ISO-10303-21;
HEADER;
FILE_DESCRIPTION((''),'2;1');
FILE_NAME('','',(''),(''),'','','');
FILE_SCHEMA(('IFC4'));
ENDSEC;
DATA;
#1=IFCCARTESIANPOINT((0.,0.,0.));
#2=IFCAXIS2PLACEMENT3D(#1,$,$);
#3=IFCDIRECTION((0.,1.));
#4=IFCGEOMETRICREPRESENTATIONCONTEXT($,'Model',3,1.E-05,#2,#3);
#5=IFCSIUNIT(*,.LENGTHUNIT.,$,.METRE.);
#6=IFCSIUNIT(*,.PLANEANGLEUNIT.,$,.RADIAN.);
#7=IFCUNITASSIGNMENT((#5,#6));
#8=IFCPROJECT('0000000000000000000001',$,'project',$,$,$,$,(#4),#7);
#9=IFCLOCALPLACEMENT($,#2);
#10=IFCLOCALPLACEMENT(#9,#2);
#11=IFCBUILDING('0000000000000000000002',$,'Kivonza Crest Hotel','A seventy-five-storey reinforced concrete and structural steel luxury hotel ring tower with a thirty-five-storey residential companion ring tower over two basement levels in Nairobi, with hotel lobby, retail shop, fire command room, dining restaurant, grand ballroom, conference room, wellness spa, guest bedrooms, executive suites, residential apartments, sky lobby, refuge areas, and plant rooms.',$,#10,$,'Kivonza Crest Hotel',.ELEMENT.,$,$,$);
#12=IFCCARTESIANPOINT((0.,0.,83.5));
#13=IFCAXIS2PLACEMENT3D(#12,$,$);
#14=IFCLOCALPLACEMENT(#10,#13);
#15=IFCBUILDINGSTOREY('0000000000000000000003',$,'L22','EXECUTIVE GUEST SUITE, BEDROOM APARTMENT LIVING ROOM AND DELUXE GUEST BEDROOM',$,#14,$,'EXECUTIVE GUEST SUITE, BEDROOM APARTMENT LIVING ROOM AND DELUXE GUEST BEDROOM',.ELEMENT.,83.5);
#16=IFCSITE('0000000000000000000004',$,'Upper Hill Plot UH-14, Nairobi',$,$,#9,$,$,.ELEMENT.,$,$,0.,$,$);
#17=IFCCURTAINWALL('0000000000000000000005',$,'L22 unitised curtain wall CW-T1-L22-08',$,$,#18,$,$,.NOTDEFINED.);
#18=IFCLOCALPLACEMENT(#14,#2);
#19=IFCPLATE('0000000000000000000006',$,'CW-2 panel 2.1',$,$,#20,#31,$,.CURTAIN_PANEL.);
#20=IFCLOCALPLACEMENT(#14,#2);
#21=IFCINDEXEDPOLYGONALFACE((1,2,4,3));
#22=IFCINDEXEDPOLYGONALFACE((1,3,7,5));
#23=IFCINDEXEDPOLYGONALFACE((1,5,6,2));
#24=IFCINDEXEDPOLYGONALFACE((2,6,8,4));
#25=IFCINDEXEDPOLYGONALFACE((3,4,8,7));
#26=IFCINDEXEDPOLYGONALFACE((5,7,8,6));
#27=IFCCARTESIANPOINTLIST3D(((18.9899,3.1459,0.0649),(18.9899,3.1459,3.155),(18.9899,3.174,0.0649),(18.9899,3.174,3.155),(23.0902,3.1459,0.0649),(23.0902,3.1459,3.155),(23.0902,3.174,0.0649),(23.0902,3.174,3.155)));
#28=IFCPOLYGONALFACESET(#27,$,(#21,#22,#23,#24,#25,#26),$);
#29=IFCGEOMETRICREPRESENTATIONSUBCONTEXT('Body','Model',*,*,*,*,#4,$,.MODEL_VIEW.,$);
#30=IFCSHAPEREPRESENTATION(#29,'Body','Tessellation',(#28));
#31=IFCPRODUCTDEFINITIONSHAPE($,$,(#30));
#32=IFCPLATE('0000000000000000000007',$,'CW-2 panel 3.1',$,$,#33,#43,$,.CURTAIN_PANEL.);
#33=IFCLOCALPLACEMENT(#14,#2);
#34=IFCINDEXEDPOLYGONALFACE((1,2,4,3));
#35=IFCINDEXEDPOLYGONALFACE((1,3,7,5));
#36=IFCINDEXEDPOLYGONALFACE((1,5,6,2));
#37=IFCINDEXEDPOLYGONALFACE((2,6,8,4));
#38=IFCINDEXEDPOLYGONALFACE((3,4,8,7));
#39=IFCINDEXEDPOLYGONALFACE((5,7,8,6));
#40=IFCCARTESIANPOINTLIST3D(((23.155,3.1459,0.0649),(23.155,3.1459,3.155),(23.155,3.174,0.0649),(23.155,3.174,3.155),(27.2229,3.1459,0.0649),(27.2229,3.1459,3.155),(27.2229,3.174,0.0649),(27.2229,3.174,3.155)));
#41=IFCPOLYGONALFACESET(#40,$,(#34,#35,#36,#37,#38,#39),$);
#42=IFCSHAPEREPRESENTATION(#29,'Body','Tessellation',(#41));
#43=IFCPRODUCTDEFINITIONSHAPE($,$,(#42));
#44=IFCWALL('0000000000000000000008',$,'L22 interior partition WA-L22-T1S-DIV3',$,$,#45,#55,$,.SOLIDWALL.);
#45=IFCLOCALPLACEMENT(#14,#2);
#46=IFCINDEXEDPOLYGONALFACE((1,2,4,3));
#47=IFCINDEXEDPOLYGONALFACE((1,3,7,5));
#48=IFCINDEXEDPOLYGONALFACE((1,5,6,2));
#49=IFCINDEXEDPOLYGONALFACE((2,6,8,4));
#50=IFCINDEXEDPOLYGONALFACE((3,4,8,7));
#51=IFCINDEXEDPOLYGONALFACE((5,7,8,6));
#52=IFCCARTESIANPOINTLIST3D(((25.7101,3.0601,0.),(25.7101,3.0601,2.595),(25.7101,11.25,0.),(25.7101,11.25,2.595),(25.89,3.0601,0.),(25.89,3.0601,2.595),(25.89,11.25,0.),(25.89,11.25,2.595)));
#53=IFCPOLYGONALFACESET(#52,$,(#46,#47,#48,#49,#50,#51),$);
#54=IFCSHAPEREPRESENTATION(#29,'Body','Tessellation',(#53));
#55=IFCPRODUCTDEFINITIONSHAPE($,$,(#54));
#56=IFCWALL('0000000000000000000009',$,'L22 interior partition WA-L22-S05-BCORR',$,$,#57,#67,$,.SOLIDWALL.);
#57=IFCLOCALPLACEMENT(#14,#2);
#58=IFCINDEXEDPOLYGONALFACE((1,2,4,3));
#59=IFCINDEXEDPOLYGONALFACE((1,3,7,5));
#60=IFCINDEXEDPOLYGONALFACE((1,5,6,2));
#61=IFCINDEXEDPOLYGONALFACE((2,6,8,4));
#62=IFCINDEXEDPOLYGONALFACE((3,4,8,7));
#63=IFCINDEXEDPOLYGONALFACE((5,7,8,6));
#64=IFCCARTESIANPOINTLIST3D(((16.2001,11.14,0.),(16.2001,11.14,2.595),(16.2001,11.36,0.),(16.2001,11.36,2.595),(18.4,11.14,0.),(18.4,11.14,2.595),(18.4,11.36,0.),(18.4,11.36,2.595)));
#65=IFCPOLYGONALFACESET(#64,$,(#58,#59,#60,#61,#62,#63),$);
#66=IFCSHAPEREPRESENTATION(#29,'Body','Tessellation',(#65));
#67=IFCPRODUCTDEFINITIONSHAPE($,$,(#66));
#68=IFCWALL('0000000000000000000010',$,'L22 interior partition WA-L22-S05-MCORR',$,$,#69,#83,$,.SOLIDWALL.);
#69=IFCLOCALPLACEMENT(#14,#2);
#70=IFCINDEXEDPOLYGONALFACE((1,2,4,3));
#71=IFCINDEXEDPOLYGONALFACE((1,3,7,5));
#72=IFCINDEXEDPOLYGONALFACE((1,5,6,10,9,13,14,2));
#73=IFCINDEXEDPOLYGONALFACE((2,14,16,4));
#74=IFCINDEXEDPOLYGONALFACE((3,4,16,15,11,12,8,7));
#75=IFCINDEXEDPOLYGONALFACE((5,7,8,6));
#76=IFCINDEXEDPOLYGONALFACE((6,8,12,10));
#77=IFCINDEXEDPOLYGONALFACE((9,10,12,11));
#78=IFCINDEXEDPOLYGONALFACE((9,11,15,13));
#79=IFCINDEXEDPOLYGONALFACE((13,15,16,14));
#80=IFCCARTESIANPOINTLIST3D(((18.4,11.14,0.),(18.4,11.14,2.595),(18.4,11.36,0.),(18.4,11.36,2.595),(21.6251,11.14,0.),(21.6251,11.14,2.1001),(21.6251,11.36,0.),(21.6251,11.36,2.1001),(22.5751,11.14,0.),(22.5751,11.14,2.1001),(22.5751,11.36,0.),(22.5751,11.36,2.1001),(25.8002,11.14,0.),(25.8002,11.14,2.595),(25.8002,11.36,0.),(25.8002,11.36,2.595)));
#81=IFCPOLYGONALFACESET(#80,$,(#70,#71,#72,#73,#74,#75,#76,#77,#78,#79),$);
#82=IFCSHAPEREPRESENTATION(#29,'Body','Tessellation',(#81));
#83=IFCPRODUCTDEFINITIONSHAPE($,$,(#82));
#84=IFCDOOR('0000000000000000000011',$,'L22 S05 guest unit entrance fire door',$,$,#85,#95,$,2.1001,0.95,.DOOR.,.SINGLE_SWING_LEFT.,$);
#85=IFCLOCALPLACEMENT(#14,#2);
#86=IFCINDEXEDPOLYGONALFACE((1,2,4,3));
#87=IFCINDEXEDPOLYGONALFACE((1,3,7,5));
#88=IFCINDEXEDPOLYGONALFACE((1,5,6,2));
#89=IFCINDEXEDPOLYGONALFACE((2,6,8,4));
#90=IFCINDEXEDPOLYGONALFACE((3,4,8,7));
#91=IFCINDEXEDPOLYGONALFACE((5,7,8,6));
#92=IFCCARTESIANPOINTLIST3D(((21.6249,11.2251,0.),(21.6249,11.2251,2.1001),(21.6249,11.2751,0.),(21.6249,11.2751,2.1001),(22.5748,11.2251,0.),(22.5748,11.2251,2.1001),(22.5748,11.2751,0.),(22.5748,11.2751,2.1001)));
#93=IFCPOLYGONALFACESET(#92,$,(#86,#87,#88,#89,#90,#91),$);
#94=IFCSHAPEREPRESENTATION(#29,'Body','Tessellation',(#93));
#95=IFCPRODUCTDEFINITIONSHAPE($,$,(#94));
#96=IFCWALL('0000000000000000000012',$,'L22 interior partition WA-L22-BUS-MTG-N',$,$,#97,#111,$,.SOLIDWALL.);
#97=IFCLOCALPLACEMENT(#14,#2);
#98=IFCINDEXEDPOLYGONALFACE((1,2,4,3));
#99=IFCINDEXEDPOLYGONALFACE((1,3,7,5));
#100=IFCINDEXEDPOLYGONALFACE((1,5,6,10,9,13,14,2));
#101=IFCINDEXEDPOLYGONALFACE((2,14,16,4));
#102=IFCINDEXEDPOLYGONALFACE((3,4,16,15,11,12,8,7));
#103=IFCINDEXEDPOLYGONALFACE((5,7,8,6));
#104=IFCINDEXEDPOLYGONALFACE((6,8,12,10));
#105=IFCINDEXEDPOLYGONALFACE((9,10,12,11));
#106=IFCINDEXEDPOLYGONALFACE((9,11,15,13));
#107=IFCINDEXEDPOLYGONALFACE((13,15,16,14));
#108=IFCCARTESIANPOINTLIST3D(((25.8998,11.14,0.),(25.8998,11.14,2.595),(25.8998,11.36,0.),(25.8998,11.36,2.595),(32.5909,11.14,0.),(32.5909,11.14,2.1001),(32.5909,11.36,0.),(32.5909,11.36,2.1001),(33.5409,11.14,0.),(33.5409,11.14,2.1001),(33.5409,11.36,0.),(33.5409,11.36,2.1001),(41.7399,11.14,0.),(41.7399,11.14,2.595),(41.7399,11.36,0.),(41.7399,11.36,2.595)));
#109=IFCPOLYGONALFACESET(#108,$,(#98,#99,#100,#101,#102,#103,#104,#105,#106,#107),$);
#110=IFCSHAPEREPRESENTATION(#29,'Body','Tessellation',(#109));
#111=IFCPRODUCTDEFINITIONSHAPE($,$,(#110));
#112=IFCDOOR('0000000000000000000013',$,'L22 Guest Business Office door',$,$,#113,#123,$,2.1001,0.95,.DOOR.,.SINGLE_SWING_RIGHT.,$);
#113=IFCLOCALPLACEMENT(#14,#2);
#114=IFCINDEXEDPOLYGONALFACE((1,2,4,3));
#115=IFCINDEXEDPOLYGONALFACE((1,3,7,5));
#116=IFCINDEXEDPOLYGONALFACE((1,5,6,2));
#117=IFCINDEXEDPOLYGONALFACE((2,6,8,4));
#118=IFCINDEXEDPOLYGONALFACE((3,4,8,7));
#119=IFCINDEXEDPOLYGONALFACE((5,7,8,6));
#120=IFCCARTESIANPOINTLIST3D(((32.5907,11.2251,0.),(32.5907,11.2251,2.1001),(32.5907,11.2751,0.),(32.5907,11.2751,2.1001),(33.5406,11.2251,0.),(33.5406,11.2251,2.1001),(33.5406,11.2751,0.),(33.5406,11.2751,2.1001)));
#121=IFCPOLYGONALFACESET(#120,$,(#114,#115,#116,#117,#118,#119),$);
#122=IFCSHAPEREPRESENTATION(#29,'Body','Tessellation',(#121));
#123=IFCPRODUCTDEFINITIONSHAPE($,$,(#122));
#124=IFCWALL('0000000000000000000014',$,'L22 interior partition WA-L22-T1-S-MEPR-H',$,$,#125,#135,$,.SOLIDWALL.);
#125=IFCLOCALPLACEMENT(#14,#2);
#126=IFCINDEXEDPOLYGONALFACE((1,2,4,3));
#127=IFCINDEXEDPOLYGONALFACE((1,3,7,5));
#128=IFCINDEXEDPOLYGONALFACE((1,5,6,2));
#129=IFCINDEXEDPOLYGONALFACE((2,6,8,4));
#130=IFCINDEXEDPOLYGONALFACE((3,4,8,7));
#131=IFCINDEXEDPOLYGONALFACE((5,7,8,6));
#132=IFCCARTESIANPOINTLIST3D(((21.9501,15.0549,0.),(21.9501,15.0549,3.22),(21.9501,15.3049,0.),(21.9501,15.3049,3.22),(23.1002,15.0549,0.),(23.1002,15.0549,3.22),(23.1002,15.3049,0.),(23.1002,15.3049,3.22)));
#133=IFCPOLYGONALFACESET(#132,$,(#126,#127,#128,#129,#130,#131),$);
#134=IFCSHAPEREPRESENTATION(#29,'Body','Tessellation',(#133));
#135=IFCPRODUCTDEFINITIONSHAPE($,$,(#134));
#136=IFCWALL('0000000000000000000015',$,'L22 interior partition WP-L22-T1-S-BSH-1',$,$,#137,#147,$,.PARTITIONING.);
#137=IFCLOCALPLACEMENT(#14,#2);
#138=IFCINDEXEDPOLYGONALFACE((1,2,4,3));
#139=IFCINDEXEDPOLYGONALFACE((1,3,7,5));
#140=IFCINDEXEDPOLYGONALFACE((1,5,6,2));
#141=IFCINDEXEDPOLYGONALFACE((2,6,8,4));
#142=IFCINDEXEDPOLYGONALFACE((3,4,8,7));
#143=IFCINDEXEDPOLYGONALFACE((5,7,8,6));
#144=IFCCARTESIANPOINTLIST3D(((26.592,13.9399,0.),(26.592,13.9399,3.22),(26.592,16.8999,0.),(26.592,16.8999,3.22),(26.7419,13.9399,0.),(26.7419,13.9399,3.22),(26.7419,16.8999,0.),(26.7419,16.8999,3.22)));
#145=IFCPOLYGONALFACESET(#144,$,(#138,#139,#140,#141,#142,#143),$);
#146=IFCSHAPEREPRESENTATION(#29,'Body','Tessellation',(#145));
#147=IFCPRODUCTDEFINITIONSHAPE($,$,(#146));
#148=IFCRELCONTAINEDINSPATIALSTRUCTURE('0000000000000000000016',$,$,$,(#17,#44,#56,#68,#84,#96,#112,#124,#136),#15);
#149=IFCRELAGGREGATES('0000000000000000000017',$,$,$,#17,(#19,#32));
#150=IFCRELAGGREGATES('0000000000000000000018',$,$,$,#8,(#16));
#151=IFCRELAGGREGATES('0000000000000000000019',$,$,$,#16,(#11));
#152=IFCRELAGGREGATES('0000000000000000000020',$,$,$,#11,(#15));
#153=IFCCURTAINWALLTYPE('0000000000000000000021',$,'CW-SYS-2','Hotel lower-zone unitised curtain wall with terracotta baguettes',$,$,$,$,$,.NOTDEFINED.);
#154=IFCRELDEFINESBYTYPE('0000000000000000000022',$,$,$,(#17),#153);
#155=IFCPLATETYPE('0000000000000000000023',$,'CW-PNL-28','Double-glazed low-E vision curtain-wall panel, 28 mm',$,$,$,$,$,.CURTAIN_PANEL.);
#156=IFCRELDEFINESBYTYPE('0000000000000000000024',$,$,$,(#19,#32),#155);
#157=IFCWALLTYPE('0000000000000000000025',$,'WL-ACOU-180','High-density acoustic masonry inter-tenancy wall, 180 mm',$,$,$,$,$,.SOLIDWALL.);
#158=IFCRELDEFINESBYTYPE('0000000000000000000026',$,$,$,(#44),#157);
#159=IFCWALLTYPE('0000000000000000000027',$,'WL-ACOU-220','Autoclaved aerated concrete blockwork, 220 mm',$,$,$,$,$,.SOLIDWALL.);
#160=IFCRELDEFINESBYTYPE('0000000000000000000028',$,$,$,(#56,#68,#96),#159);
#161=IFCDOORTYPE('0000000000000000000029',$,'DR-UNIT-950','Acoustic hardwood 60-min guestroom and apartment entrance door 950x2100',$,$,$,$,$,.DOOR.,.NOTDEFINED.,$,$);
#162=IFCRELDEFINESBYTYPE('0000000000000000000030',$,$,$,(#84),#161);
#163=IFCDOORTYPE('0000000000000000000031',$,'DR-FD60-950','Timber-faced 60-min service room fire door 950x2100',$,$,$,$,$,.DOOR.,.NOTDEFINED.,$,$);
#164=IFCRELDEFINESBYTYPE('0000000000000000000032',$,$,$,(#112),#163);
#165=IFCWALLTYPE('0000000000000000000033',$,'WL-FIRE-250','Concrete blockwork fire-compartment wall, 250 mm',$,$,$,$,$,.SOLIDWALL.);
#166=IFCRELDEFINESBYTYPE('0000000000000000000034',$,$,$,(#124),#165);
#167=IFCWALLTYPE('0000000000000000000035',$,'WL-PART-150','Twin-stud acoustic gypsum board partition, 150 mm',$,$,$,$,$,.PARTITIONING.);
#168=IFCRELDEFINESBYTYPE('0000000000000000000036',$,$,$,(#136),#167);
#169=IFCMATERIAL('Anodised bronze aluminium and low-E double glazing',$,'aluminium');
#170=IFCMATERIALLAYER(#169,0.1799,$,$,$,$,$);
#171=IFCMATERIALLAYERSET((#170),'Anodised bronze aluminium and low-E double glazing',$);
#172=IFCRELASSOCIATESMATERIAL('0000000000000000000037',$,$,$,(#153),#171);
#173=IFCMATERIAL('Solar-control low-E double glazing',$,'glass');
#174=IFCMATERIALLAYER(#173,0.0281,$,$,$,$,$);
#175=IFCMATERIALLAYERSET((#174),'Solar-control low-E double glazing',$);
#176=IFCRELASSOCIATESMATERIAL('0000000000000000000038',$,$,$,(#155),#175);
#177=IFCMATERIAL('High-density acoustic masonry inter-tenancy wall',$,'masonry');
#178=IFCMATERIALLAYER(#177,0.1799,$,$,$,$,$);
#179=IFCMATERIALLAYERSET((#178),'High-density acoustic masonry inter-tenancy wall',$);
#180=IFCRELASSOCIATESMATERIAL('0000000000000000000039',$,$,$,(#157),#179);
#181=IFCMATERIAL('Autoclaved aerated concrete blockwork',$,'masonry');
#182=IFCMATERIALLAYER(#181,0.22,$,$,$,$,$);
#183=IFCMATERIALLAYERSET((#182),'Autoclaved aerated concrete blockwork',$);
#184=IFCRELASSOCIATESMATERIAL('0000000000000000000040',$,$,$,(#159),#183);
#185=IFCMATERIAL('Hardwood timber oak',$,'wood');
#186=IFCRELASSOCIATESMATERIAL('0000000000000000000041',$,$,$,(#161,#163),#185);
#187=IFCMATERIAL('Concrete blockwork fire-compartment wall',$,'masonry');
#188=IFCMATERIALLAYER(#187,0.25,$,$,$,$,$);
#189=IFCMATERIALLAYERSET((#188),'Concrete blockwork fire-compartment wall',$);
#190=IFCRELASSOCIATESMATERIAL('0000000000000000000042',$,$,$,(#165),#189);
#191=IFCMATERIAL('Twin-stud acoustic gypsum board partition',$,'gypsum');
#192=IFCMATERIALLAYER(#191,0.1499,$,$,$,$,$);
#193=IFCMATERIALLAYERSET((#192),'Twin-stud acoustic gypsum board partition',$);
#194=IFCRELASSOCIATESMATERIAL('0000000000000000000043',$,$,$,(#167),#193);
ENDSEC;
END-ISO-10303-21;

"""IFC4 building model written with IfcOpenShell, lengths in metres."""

from ifc_helpers import new_model, si_unit, direction, frame, frame_2d, origin, origin_2d, place, context, subcontext, project, spatial, rectangle, extrude, material, layer, layer_set, type_object, element, fill, aggregate, save


model = new_model("IFC4")

# Units and contexts
model_context = context("Model", 3, precision=1e-05, world=origin(), true_north=direction((0.0, 1.0)))
body_context = subcontext(model_context, "Body", "Model", "MODEL_VIEW")
ifc_project = project(units=[si_unit("LENGTHUNIT", "METRE"), si_unit("PLANEANGLEUNIT", "RADIAN")], contexts=[model_context])

# Site, building, storey
site_placement = place(None, origin())
site = spatial("IfcSite", under=ifc_project, at=site_placement, Name="Upper Hill Plot UH-14, Nairobi", CompositionType="ELEMENT", RefElevation=0.0)
building_placement = place(site_placement, origin())
building = spatial("IfcBuilding", under=site, at=building_placement, Name="Kivonza Crest Hotel", Description="A seventy-five-storey reinforced concrete and structural steel luxury hotel ring tower with a thirty-five-storey residential companion ring tower over two basement levels in Nairobi, with hotel lobby, retail shop, fire command room, dining restaurant, grand ballroom, conference room, wellness spa, guest bedrooms, executive suites, residential apartments, sky lobby, refuge areas, and plant rooms.", LongName="Kivonza Crest Hotel", CompositionType="ELEMENT")
storey_placement = place(building_placement, frame((0.0, 0.0, 83.5)))
storey = spatial("IfcBuildingStorey", under=building, at=storey_placement, Name="L22", Description="EXECUTIVE GUEST SUITE, BEDROOM APARTMENT LIVING ROOM AND DELUXE GUEST BEDROOM", LongName="EXECUTIVE GUEST SUITE, BEDROOM APARTMENT LIVING ROOM AND DELUXE GUEST BEDROOM", CompositionType="ELEMENT", Elevation=83.5)

# Curtain wall, plates
ifc_material_1 = material(Name="Anodised bronze aluminium and low-E double glazing", Category="aluminium")
ifc_layer_1 = layer(ifc_material_1, 0.1799)
ifc_layer_set_1 = layer_set([ifc_layer_1], Name="Anodised bronze aluminium and low-E double glazing")
curtain_wall_type = type_object("IfcCurtainWallType", Name="CW-SYS-2", Description="Hotel lower-zone unitised curtain wall with terracotta baguettes", PredefinedType="NOTDEFINED", material=ifc_layer_set_1)
curtain_wall_placement = place(storey_placement, origin())
curtain_wall = element("IfcCurtainWall", 1, at=curtain_wall_placement, inside=storey, type_object=curtain_wall_type, Name="L22 unitised curtain wall CW-T1-L22-08", PredefinedType="NOTDEFINED")
ifc_material_2 = material(Name="Solar-control low-E double glazing", Category="glass")
ifc_layer_2 = layer(ifc_material_2, 0.0281)
ifc_layer_set_2 = layer_set([ifc_layer_2], Name="Solar-control low-E double glazing")
plate_type = type_object("IfcPlateType", Name="CW-PNL-28", Description="Double-glazed low-E vision curtain-wall panel, 28 mm", PredefinedType="CURTAIN_PANEL", material=ifc_layer_set_2)
plate_1_placement = place(storey_placement, frame((21.04, 3.1599, 0.0649), z_axis=(0.0, 0.0, 1.0), x_axis=(1.0, 0.0, 0.0)))
plate_1 = element("IfcPlate", 2, at=plate_1_placement, type_object=plate_type, Name="CW-2 panel 2.1", PredefinedType="CURTAIN_PANEL", context=body_context, shape_type="SweptSolid", body=[
    extrude(rectangle(XDim=4.1003, YDim=0.0281, at=origin_2d()), origin(), (0.0, 0.0, 1.0), 3.0901),
])
plate_2_placement = place(storey_placement, frame((25.189, 3.1599, 0.0649), z_axis=(0.0, 0.0, 1.0), x_axis=(1.0, 0.0, 0.0)))
plate_2 = element("IfcPlate", 3, at=plate_2_placement, type_object=plate_type, Name="CW-2 panel 3.1", PredefinedType="CURTAIN_PANEL", context=body_context, shape_type="SweptSolid", body=[
    extrude(rectangle(XDim=4.0679, YDim=0.0281, at=origin_2d()), origin(), (0.0, 0.0, 1.0), 3.0901),
])
aggregate(curtain_wall, [plate_1, plate_2])

# Walls
ifc_material_3 = material(Name="High-density acoustic masonry inter-tenancy wall", Category="masonry")
ifc_layer_3 = layer(ifc_material_3, 0.1799)
ifc_layer_set_3 = layer_set([ifc_layer_3], Name="High-density acoustic masonry inter-tenancy wall")
wall_type_1 = type_object("IfcWallType", Name="WL-ACOU-180", Description="High-density acoustic masonry inter-tenancy wall, 180 mm", PredefinedType="SOLIDWALL", material=ifc_layer_set_3)
wall_1_placement = place(storey_placement, frame((25.8, 3.0601, 0.0), z_axis=(0.0, 0.0, 1.0), x_axis=(0.0, 1.0, 0.0)))
element("IfcWall", 4, at=wall_1_placement, inside=storey, type_object=wall_type_1, Name="L22 interior partition WA-L22-T1S-DIV3", PredefinedType="SOLIDWALL", context=body_context, shape_type="SweptSolid", body=[
    extrude(rectangle(XDim=8.1899, YDim=0.1799, at=frame_2d((4.095, 0.0))), origin(), (0.0, 0.0, 1.0), 2.595),
])
ifc_material_4 = material(Name="Autoclaved aerated concrete blockwork", Category="masonry")
ifc_layer_4 = layer(ifc_material_4, 0.22)
ifc_layer_set_4 = layer_set([ifc_layer_4], Name="Autoclaved aerated concrete blockwork")
wall_type_2 = type_object("IfcWallType", Name="WL-ACOU-220", Description="Autoclaved aerated concrete blockwork, 220 mm", PredefinedType="SOLIDWALL", material=ifc_layer_set_4)
wall_2_placement = place(storey_placement, frame((16.2, 11.25, 0.0), z_axis=(0.0, 0.0, 1.0), x_axis=(1.0, 0.0, 0.0)))
element("IfcWall", 5, at=wall_2_placement, inside=storey, type_object=wall_type_2, Name="L22 interior partition WA-L22-S05-BCORR", PredefinedType="SOLIDWALL", context=body_context, shape_type="SweptSolid", body=[
    extrude(rectangle(XDim=2.2, YDim=0.22, at=frame_2d((1.1001, 0.0))), origin(), (0.0, 0.0, 1.0), 2.595),
])

# Walls, openings, doors
wall_3_placement = place(storey_placement, frame((18.3999, 11.25, 0.0), z_axis=(0.0, 0.0, 1.0), x_axis=(1.0, 0.0, 0.0)))
wall_3 = element("IfcWall", 6, at=wall_3_placement, inside=storey, type_object=wall_type_2, Name="L22 interior partition WA-L22-S05-MCORR", PredefinedType="SOLIDWALL", context=body_context, shape_type="SweptSolid", body=[
    extrude(rectangle(XDim=7.4001, YDim=0.22, at=frame_2d((3.7002, 0.0))), origin(), (0.0, 0.0, 1.0), 2.595),
])
opening_1_placement = place(wall_3_placement, frame((3.2251, 0.0, 0.0)))
opening_1 = element("IfcOpeningElement", 7, at=opening_1_placement, cuts=wall_3, PredefinedType="OPENING", context=body_context, shape_type="SweptSolid", body=[
    extrude(rectangle(XDim=0.95, YDim=2.1001, at=frame_2d((0.4751, 1.05))), frame((0.0, 0.1201, 0.0), z_axis=(0.0, -1.0, 0.0), x_axis=(1.0, 0.0, 0.0)), (0.0, 0.0, 1.0), 0.24),
])
ifc_material_5 = material(Name="Hardwood timber oak", Category="wood")
door_type_1 = type_object("IfcDoorType", Name="DR-UNIT-950", Description="Acoustic hardwood 60-min guestroom and apartment entrance door 950x2100", OperationType="NOTDEFINED", PredefinedType="DOOR", material=ifc_material_5)
door_1_placement = place(opening_1_placement, frame((0.95, 0.0, 0.0), z_axis=(0.0, 0.0, 1.0), x_axis=(-1.0, 0.0, 0.0)))
door_1 = element("IfcDoor", 8, at=door_1_placement, inside=storey, type_object=door_type_1, Name="L22 S05 guest unit entrance fire door", OperationType="SINGLE_SWING_LEFT", OverallHeight=2.1001, OverallWidth=0.95, PredefinedType="DOOR", context=body_context, shape_type="SweptSolid", body=[
    extrude(rectangle(XDim=0.95, YDim=2.1001, at=frame_2d((0.4751, 1.05))), frame((0.0, 0.0249, 0.0), z_axis=(0.0, -1.0, 0.0), x_axis=(1.0, 0.0, 0.0)), (0.0, 0.0, 1.0), 0.05),
])
fill(opening_1, door_1)
wall_4_placement = place(storey_placement, frame((25.8999, 11.25, 0.0), z_axis=(0.0, 0.0, 1.0), x_axis=(1.0, 0.0, 0.0)))
wall_4 = element("IfcWall", 9, at=wall_4_placement, inside=storey, type_object=wall_type_2, Name="L22 interior partition WA-L22-BUS-MTG-N", PredefinedType="SOLIDWALL", context=body_context, shape_type="SweptSolid", body=[
    extrude(rectangle(XDim=15.8401, YDim=0.22, at=frame_2d((7.9199, 0.0))), origin(), (0.0, 0.0, 1.0), 2.595),
])
opening_2_placement = place(wall_4_placement, frame((6.6909, 0.0, 0.0)))
opening_2 = element("IfcOpeningElement", 10, at=opening_2_placement, cuts=wall_4, PredefinedType="OPENING", context=body_context, shape_type="SweptSolid", body=[
    extrude(rectangle(XDim=0.95, YDim=2.1001, at=frame_2d((0.4751, 1.05))), frame((0.0, 0.1201, 0.0), z_axis=(0.0, -1.0, 0.0), x_axis=(1.0, 0.0, 0.0)), (0.0, 0.0, 1.0), 0.24),
])
door_type_2 = type_object("IfcDoorType", Name="DR-FD60-950", Description="Timber-faced 60-min service room fire door 950x2100", OperationType="NOTDEFINED", PredefinedType="DOOR", material=ifc_material_5)
door_2_placement = place(opening_2_placement, frame((0.95, 0.0, 0.0), z_axis=(0.0, 0.0, 1.0), x_axis=(-1.0, 0.0, 0.0)))
door_2 = element("IfcDoor", 11, at=door_2_placement, inside=storey, type_object=door_type_2, Name="L22 Guest Business Office door", OperationType="SINGLE_SWING_RIGHT", OverallHeight=2.1001, OverallWidth=0.95, PredefinedType="DOOR", context=body_context, shape_type="SweptSolid", body=[
    extrude(rectangle(XDim=0.95, YDim=2.1001, at=frame_2d((0.4751, 1.05))), frame((0.0, 0.0249, 0.0), z_axis=(0.0, -1.0, 0.0), x_axis=(1.0, 0.0, 0.0)), (0.0, 0.0, 1.0), 0.05),
])
fill(opening_2, door_2)

# Walls
ifc_material_6 = material(Name="Concrete blockwork fire-compartment wall", Category="masonry")
ifc_layer_5 = layer(ifc_material_6, 0.25)
ifc_layer_set_5 = layer_set([ifc_layer_5], Name="Concrete blockwork fire-compartment wall")
wall_type_3 = type_object("IfcWallType", Name="WL-FIRE-250", Description="Concrete blockwork fire-compartment wall, 250 mm", PredefinedType="SOLIDWALL", material=ifc_layer_set_5)
wall_5_placement = place(storey_placement, frame((21.95, 15.1799, 0.0), z_axis=(0.0, 0.0, 1.0), x_axis=(1.0, 0.0, 0.0)))
element("IfcWall", 12, at=wall_5_placement, inside=storey, type_object=wall_type_3, Name="L22 interior partition WA-L22-T1-S-MEPR-H", PredefinedType="SOLIDWALL", context=body_context, shape_type="SweptSolid", body=[
    extrude(rectangle(XDim=1.1501, YDim=0.25, at=frame_2d((0.5752, 0.0))), origin(), (0.0, 0.0, 1.0), 3.22),
])
ifc_material_7 = material(Name="Twin-stud acoustic gypsum board partition", Category="gypsum")
ifc_layer_6 = layer(ifc_material_7, 0.1499)
ifc_layer_set_6 = layer_set([ifc_layer_6], Name="Twin-stud acoustic gypsum board partition")
wall_type_4 = type_object("IfcWallType", Name="WL-PART-150", Description="Twin-stud acoustic gypsum board partition, 150 mm", PredefinedType="PARTITIONING", material=ifc_layer_set_6)
wall_6_placement = place(storey_placement, frame((26.667, 13.9399, 0.0), z_axis=(0.0, 0.0, 1.0), x_axis=(0.0, 1.0, 0.0)))
element("IfcWall", 13, at=wall_6_placement, inside=storey, type_object=wall_type_4, Name="L22 interior partition WP-L22-T1-S-BSH-1", PredefinedType="PARTITIONING", context=body_context, shape_type="SweptSolid", body=[
    extrude(rectangle(XDim=2.96, YDim=0.1499, at=frame_2d((1.48, 0.0))), origin(), (0.0, 0.0, 1.0), 3.22),
])

save(model, "model.ifc")
